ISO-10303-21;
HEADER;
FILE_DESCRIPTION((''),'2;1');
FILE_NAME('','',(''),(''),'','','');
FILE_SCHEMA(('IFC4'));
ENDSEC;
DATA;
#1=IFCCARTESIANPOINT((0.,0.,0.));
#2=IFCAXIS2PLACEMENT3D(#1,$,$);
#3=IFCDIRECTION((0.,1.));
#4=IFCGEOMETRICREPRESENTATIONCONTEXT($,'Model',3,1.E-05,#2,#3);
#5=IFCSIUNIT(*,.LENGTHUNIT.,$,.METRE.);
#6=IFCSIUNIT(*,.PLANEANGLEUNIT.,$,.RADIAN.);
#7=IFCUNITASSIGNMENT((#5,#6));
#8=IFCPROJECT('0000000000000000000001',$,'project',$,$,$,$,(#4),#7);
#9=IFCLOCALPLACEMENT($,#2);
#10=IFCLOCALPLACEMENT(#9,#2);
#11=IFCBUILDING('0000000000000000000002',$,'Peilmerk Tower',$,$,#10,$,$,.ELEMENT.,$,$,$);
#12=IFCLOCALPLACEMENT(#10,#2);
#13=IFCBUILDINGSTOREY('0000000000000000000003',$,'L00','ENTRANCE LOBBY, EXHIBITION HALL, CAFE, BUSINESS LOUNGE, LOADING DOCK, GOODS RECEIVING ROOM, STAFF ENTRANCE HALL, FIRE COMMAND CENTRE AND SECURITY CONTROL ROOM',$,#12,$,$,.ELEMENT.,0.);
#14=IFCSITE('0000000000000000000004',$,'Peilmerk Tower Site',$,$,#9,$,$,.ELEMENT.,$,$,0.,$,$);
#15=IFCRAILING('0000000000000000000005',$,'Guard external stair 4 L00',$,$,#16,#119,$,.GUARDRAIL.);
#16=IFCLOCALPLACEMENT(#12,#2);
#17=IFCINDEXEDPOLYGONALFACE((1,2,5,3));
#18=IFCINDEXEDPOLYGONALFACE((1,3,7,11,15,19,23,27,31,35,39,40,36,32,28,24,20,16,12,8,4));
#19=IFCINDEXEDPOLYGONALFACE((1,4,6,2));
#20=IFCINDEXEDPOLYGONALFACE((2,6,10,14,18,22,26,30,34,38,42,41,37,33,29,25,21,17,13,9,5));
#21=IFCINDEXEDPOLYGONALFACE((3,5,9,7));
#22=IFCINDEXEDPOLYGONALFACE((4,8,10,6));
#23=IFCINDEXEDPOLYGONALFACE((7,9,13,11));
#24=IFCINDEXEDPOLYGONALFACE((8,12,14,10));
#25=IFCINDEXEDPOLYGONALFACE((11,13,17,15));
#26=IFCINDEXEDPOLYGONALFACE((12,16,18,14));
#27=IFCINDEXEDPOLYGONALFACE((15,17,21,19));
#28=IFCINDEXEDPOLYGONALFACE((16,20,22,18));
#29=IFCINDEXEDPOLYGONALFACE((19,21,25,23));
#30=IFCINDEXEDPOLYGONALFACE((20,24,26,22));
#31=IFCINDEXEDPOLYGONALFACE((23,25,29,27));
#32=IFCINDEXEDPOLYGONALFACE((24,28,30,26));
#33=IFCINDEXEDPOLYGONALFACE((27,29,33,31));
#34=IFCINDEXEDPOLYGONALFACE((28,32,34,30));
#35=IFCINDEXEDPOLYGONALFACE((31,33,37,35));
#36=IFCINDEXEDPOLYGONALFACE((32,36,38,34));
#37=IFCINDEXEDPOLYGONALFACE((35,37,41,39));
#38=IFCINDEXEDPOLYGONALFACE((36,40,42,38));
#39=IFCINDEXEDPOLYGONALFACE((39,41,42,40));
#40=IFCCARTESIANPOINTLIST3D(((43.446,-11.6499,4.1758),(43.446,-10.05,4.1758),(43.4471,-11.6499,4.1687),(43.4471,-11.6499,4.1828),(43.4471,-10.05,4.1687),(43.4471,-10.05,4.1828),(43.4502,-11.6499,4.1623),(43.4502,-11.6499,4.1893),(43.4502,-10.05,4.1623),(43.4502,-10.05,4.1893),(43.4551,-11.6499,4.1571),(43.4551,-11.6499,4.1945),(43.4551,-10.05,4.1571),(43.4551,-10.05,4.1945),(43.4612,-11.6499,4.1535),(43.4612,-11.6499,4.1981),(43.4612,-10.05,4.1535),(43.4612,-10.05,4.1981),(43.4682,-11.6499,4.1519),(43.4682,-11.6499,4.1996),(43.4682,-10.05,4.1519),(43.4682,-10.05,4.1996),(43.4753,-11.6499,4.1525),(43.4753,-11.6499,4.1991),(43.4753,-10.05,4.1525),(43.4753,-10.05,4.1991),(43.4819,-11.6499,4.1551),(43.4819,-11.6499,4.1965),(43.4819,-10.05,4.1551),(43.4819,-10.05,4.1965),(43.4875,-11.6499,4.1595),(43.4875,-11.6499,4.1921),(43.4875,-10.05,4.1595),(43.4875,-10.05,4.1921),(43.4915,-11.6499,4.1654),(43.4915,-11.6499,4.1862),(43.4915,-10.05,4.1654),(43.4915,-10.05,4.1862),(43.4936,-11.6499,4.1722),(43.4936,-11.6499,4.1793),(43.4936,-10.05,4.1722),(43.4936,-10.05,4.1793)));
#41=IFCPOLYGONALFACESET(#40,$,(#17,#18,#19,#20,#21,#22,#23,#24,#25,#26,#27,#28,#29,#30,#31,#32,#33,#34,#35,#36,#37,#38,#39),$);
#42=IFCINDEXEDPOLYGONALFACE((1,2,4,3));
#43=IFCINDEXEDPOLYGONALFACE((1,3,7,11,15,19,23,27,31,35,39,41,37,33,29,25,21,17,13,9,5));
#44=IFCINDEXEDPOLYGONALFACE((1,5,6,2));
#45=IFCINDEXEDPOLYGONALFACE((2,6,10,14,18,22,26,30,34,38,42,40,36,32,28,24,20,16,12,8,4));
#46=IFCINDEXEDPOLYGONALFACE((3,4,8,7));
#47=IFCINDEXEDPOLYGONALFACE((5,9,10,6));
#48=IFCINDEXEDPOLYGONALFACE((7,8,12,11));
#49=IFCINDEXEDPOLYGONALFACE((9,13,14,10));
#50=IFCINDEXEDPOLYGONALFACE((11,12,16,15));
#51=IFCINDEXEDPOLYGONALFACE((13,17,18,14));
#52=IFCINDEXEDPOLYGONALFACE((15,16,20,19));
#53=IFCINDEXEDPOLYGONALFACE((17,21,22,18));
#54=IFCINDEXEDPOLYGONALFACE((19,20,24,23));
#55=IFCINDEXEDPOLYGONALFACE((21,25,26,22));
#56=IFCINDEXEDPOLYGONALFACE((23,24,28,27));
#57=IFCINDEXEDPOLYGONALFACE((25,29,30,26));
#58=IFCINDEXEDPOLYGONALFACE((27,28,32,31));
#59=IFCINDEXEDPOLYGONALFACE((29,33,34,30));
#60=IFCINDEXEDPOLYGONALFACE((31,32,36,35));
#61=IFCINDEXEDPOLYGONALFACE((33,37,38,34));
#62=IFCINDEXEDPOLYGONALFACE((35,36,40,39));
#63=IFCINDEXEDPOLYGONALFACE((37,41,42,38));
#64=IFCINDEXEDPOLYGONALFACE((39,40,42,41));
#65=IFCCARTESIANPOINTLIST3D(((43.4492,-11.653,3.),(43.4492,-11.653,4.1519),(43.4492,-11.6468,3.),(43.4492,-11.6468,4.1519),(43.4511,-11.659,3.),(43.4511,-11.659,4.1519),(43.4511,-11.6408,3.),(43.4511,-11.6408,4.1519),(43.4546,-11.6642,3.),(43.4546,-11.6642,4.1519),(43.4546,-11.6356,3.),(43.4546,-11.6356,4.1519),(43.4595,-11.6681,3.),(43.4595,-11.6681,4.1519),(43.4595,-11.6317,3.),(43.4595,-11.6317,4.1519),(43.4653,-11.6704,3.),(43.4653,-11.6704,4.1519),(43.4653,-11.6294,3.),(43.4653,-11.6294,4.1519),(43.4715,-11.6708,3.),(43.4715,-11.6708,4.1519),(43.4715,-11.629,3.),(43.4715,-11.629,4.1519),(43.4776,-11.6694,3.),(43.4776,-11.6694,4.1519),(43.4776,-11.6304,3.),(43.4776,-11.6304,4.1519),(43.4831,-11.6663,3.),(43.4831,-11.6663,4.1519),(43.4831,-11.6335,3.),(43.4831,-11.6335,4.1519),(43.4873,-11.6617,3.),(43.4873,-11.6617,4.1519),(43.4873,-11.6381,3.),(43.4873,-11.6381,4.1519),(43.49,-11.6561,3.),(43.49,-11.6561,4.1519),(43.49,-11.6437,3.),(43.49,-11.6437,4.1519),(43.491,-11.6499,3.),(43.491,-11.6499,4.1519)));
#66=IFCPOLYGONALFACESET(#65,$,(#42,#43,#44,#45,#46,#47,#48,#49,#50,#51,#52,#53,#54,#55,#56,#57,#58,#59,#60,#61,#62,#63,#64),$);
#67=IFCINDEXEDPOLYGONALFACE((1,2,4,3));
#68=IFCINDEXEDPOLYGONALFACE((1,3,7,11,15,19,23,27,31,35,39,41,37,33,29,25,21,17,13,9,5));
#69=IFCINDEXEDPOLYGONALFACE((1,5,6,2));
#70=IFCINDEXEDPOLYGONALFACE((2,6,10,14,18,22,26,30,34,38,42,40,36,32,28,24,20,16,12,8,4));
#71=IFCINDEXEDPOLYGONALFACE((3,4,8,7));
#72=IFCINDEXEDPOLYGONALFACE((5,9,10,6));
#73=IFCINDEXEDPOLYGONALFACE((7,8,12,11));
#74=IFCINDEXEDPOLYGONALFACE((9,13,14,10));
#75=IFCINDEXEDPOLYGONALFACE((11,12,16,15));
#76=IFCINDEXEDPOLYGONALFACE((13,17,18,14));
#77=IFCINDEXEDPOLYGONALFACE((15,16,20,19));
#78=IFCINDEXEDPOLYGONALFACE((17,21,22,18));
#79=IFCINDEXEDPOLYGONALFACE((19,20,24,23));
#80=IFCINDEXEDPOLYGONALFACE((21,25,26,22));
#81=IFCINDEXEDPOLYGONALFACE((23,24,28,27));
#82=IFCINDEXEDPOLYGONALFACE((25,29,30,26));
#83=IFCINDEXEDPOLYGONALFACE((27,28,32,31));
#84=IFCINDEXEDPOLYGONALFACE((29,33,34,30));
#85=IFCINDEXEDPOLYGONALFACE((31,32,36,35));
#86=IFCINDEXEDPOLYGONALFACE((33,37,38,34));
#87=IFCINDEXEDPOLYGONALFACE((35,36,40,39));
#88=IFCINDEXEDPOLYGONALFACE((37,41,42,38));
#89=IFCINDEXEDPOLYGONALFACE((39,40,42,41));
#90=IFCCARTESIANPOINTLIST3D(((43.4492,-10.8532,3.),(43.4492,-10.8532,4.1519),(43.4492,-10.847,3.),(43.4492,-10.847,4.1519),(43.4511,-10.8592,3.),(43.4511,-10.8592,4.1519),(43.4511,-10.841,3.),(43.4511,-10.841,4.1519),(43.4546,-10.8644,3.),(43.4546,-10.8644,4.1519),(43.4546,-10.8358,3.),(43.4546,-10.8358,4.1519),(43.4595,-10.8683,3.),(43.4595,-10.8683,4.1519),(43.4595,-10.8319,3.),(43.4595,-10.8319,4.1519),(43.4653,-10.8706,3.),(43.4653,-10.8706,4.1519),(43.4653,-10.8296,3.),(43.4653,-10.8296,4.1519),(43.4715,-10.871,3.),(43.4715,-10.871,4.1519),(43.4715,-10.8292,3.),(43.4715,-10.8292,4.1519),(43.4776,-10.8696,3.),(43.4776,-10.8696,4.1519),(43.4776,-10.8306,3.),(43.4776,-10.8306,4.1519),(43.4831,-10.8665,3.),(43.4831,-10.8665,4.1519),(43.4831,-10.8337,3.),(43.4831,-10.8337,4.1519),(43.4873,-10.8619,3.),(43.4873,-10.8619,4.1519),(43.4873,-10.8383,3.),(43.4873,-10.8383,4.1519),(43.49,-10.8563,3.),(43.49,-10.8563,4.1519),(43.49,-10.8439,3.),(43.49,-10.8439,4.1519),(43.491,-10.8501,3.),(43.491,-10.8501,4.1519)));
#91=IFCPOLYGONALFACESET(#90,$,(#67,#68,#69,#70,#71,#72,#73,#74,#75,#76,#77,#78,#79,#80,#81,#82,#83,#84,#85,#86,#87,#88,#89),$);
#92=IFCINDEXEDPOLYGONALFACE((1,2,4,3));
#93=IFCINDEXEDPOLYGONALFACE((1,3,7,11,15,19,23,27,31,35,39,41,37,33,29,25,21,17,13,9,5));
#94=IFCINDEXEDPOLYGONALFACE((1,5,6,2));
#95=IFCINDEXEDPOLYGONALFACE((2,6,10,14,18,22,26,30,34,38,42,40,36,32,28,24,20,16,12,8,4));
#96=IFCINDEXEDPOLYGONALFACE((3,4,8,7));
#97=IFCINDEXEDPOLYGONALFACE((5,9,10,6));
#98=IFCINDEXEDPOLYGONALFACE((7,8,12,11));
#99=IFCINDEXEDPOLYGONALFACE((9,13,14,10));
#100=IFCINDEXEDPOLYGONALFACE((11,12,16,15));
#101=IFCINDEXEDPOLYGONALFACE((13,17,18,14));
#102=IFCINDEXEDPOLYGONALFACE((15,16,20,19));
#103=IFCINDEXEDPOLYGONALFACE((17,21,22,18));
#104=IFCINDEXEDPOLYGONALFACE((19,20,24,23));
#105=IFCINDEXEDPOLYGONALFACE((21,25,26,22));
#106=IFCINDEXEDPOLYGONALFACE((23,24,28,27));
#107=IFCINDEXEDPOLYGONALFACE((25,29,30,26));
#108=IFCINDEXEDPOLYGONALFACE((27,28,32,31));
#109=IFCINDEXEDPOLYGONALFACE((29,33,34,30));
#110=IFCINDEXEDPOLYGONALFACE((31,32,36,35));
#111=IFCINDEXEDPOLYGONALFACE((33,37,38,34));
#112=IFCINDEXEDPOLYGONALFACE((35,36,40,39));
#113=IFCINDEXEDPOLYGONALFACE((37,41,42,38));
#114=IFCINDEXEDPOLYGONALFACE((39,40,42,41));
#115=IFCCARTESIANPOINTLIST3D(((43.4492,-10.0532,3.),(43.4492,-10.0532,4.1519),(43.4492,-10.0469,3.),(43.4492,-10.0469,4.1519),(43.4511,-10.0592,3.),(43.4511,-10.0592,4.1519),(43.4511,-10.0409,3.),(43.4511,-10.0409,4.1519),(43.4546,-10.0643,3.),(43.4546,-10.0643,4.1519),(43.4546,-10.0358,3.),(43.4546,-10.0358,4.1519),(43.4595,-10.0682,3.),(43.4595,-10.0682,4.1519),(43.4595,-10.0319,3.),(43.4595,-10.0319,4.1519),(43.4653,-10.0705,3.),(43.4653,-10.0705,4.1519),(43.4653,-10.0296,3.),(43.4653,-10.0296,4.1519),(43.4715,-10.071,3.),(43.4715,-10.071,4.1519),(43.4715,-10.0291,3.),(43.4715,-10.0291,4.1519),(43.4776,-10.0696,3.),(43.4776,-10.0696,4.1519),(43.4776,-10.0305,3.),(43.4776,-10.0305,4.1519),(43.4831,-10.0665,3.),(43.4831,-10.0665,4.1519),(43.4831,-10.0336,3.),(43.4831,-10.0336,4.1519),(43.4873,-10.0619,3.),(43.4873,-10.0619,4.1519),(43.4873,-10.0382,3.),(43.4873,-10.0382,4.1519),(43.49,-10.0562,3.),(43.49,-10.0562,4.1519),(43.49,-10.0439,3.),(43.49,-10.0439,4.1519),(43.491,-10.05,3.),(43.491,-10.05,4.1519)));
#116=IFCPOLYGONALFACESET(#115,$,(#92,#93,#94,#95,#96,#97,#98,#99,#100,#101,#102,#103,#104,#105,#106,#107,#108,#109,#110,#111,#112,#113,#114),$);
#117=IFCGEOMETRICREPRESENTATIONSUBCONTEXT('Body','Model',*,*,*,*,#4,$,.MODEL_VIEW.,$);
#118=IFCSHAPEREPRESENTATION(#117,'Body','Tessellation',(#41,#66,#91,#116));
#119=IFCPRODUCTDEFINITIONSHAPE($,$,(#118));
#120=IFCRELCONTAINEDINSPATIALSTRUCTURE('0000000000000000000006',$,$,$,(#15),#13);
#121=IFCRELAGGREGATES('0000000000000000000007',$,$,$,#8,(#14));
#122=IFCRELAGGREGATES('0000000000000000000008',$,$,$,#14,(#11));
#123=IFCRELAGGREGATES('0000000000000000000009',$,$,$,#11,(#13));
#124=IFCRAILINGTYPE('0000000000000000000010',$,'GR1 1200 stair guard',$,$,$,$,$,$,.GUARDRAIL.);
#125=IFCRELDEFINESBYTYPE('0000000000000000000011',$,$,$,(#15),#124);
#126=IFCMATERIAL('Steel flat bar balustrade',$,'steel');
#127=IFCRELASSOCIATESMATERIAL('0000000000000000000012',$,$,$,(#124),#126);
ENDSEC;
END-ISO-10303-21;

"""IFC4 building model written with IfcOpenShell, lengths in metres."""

from ifc_helpers import new_model, si_unit, direction, frame, origin, origin_2d, place, context, subcontext, project, spatial, circle, extrude, material, type_object, element, save


model = new_model("IFC4")

# Units and contexts
model_context = context("Model", 3, precision=1e-05, world=origin(), true_north=direction((0.0, 1.0)))
body_context = subcontext(model_context, "Body", "Model", "MODEL_VIEW")
ifc_project = project(units=[si_unit("LENGTHUNIT", "METRE"), si_unit("PLANEANGLEUNIT", "RADIAN")], contexts=[model_context])

# Site, building, storey
site_placement = place(None, origin())
site = spatial("IfcSite", under=ifc_project, at=site_placement, Name="Peilmerk Tower Site", CompositionType="ELEMENT", RefElevation=0.0)
building_placement = place(site_placement, origin())
building = spatial("IfcBuilding", under=site, at=building_placement, Name="Peilmerk Tower", CompositionType="ELEMENT")
storey_placement = place(building_placement, origin())
storey = spatial("IfcBuildingStorey", under=building, at=storey_placement, Name="L00", Description="ENTRANCE LOBBY, EXHIBITION HALL, CAFE, BUSINESS LOUNGE, LOADING DOCK, GOODS RECEIVING ROOM, STAFF ENTRANCE HALL, FIRE COMMAND CENTRE AND SECURITY CONTROL ROOM", CompositionType="ELEMENT", Elevation=0.0)

# Railing
ifc_material_1 = material(Name="Steel flat bar balustrade", Category="steel")
railing_type_1 = type_object("IfcRailingType", Name="GR1 1200 stair guard", PredefinedType="GUARDRAIL", material=ifc_material_1)
railing_1_placement = place(storey_placement, frame((43.47, -11.6499, 3.0)))
element("IfcRailing", 1, at=railing_1_placement, inside=storey, type_object=railing_type_1, Name="Guard external stair 4 L00", PredefinedType="GUARDRAIL", context=body_context, shape_type="SweptSolid", body=[
    extrude(circle(Radius=0.0239, at=origin_2d()), frame((0.0, 0.0, 1.1758), z_axis=(0.0, 1.0, 0.0), x_axis=(-1.0, 0.0, 0.0)), (0.0, 0.0, 1.0), 1.5999),
    extrude(circle(Radius=0.021, at=origin_2d()), origin(), (0.0, 0.0, 1.0), 1.1519),
    extrude(circle(Radius=0.021, at=origin_2d()), frame((0.0, 0.7998, 0.0)), (0.0, 0.0, 1.0), 1.1519),
    extrude(circle(Radius=0.021, at=origin_2d()), frame((0.0, 1.5999, 0.0)), (0.0, 0.0, 1.0), 1.1519),
])

save(model, "model.ifc")
